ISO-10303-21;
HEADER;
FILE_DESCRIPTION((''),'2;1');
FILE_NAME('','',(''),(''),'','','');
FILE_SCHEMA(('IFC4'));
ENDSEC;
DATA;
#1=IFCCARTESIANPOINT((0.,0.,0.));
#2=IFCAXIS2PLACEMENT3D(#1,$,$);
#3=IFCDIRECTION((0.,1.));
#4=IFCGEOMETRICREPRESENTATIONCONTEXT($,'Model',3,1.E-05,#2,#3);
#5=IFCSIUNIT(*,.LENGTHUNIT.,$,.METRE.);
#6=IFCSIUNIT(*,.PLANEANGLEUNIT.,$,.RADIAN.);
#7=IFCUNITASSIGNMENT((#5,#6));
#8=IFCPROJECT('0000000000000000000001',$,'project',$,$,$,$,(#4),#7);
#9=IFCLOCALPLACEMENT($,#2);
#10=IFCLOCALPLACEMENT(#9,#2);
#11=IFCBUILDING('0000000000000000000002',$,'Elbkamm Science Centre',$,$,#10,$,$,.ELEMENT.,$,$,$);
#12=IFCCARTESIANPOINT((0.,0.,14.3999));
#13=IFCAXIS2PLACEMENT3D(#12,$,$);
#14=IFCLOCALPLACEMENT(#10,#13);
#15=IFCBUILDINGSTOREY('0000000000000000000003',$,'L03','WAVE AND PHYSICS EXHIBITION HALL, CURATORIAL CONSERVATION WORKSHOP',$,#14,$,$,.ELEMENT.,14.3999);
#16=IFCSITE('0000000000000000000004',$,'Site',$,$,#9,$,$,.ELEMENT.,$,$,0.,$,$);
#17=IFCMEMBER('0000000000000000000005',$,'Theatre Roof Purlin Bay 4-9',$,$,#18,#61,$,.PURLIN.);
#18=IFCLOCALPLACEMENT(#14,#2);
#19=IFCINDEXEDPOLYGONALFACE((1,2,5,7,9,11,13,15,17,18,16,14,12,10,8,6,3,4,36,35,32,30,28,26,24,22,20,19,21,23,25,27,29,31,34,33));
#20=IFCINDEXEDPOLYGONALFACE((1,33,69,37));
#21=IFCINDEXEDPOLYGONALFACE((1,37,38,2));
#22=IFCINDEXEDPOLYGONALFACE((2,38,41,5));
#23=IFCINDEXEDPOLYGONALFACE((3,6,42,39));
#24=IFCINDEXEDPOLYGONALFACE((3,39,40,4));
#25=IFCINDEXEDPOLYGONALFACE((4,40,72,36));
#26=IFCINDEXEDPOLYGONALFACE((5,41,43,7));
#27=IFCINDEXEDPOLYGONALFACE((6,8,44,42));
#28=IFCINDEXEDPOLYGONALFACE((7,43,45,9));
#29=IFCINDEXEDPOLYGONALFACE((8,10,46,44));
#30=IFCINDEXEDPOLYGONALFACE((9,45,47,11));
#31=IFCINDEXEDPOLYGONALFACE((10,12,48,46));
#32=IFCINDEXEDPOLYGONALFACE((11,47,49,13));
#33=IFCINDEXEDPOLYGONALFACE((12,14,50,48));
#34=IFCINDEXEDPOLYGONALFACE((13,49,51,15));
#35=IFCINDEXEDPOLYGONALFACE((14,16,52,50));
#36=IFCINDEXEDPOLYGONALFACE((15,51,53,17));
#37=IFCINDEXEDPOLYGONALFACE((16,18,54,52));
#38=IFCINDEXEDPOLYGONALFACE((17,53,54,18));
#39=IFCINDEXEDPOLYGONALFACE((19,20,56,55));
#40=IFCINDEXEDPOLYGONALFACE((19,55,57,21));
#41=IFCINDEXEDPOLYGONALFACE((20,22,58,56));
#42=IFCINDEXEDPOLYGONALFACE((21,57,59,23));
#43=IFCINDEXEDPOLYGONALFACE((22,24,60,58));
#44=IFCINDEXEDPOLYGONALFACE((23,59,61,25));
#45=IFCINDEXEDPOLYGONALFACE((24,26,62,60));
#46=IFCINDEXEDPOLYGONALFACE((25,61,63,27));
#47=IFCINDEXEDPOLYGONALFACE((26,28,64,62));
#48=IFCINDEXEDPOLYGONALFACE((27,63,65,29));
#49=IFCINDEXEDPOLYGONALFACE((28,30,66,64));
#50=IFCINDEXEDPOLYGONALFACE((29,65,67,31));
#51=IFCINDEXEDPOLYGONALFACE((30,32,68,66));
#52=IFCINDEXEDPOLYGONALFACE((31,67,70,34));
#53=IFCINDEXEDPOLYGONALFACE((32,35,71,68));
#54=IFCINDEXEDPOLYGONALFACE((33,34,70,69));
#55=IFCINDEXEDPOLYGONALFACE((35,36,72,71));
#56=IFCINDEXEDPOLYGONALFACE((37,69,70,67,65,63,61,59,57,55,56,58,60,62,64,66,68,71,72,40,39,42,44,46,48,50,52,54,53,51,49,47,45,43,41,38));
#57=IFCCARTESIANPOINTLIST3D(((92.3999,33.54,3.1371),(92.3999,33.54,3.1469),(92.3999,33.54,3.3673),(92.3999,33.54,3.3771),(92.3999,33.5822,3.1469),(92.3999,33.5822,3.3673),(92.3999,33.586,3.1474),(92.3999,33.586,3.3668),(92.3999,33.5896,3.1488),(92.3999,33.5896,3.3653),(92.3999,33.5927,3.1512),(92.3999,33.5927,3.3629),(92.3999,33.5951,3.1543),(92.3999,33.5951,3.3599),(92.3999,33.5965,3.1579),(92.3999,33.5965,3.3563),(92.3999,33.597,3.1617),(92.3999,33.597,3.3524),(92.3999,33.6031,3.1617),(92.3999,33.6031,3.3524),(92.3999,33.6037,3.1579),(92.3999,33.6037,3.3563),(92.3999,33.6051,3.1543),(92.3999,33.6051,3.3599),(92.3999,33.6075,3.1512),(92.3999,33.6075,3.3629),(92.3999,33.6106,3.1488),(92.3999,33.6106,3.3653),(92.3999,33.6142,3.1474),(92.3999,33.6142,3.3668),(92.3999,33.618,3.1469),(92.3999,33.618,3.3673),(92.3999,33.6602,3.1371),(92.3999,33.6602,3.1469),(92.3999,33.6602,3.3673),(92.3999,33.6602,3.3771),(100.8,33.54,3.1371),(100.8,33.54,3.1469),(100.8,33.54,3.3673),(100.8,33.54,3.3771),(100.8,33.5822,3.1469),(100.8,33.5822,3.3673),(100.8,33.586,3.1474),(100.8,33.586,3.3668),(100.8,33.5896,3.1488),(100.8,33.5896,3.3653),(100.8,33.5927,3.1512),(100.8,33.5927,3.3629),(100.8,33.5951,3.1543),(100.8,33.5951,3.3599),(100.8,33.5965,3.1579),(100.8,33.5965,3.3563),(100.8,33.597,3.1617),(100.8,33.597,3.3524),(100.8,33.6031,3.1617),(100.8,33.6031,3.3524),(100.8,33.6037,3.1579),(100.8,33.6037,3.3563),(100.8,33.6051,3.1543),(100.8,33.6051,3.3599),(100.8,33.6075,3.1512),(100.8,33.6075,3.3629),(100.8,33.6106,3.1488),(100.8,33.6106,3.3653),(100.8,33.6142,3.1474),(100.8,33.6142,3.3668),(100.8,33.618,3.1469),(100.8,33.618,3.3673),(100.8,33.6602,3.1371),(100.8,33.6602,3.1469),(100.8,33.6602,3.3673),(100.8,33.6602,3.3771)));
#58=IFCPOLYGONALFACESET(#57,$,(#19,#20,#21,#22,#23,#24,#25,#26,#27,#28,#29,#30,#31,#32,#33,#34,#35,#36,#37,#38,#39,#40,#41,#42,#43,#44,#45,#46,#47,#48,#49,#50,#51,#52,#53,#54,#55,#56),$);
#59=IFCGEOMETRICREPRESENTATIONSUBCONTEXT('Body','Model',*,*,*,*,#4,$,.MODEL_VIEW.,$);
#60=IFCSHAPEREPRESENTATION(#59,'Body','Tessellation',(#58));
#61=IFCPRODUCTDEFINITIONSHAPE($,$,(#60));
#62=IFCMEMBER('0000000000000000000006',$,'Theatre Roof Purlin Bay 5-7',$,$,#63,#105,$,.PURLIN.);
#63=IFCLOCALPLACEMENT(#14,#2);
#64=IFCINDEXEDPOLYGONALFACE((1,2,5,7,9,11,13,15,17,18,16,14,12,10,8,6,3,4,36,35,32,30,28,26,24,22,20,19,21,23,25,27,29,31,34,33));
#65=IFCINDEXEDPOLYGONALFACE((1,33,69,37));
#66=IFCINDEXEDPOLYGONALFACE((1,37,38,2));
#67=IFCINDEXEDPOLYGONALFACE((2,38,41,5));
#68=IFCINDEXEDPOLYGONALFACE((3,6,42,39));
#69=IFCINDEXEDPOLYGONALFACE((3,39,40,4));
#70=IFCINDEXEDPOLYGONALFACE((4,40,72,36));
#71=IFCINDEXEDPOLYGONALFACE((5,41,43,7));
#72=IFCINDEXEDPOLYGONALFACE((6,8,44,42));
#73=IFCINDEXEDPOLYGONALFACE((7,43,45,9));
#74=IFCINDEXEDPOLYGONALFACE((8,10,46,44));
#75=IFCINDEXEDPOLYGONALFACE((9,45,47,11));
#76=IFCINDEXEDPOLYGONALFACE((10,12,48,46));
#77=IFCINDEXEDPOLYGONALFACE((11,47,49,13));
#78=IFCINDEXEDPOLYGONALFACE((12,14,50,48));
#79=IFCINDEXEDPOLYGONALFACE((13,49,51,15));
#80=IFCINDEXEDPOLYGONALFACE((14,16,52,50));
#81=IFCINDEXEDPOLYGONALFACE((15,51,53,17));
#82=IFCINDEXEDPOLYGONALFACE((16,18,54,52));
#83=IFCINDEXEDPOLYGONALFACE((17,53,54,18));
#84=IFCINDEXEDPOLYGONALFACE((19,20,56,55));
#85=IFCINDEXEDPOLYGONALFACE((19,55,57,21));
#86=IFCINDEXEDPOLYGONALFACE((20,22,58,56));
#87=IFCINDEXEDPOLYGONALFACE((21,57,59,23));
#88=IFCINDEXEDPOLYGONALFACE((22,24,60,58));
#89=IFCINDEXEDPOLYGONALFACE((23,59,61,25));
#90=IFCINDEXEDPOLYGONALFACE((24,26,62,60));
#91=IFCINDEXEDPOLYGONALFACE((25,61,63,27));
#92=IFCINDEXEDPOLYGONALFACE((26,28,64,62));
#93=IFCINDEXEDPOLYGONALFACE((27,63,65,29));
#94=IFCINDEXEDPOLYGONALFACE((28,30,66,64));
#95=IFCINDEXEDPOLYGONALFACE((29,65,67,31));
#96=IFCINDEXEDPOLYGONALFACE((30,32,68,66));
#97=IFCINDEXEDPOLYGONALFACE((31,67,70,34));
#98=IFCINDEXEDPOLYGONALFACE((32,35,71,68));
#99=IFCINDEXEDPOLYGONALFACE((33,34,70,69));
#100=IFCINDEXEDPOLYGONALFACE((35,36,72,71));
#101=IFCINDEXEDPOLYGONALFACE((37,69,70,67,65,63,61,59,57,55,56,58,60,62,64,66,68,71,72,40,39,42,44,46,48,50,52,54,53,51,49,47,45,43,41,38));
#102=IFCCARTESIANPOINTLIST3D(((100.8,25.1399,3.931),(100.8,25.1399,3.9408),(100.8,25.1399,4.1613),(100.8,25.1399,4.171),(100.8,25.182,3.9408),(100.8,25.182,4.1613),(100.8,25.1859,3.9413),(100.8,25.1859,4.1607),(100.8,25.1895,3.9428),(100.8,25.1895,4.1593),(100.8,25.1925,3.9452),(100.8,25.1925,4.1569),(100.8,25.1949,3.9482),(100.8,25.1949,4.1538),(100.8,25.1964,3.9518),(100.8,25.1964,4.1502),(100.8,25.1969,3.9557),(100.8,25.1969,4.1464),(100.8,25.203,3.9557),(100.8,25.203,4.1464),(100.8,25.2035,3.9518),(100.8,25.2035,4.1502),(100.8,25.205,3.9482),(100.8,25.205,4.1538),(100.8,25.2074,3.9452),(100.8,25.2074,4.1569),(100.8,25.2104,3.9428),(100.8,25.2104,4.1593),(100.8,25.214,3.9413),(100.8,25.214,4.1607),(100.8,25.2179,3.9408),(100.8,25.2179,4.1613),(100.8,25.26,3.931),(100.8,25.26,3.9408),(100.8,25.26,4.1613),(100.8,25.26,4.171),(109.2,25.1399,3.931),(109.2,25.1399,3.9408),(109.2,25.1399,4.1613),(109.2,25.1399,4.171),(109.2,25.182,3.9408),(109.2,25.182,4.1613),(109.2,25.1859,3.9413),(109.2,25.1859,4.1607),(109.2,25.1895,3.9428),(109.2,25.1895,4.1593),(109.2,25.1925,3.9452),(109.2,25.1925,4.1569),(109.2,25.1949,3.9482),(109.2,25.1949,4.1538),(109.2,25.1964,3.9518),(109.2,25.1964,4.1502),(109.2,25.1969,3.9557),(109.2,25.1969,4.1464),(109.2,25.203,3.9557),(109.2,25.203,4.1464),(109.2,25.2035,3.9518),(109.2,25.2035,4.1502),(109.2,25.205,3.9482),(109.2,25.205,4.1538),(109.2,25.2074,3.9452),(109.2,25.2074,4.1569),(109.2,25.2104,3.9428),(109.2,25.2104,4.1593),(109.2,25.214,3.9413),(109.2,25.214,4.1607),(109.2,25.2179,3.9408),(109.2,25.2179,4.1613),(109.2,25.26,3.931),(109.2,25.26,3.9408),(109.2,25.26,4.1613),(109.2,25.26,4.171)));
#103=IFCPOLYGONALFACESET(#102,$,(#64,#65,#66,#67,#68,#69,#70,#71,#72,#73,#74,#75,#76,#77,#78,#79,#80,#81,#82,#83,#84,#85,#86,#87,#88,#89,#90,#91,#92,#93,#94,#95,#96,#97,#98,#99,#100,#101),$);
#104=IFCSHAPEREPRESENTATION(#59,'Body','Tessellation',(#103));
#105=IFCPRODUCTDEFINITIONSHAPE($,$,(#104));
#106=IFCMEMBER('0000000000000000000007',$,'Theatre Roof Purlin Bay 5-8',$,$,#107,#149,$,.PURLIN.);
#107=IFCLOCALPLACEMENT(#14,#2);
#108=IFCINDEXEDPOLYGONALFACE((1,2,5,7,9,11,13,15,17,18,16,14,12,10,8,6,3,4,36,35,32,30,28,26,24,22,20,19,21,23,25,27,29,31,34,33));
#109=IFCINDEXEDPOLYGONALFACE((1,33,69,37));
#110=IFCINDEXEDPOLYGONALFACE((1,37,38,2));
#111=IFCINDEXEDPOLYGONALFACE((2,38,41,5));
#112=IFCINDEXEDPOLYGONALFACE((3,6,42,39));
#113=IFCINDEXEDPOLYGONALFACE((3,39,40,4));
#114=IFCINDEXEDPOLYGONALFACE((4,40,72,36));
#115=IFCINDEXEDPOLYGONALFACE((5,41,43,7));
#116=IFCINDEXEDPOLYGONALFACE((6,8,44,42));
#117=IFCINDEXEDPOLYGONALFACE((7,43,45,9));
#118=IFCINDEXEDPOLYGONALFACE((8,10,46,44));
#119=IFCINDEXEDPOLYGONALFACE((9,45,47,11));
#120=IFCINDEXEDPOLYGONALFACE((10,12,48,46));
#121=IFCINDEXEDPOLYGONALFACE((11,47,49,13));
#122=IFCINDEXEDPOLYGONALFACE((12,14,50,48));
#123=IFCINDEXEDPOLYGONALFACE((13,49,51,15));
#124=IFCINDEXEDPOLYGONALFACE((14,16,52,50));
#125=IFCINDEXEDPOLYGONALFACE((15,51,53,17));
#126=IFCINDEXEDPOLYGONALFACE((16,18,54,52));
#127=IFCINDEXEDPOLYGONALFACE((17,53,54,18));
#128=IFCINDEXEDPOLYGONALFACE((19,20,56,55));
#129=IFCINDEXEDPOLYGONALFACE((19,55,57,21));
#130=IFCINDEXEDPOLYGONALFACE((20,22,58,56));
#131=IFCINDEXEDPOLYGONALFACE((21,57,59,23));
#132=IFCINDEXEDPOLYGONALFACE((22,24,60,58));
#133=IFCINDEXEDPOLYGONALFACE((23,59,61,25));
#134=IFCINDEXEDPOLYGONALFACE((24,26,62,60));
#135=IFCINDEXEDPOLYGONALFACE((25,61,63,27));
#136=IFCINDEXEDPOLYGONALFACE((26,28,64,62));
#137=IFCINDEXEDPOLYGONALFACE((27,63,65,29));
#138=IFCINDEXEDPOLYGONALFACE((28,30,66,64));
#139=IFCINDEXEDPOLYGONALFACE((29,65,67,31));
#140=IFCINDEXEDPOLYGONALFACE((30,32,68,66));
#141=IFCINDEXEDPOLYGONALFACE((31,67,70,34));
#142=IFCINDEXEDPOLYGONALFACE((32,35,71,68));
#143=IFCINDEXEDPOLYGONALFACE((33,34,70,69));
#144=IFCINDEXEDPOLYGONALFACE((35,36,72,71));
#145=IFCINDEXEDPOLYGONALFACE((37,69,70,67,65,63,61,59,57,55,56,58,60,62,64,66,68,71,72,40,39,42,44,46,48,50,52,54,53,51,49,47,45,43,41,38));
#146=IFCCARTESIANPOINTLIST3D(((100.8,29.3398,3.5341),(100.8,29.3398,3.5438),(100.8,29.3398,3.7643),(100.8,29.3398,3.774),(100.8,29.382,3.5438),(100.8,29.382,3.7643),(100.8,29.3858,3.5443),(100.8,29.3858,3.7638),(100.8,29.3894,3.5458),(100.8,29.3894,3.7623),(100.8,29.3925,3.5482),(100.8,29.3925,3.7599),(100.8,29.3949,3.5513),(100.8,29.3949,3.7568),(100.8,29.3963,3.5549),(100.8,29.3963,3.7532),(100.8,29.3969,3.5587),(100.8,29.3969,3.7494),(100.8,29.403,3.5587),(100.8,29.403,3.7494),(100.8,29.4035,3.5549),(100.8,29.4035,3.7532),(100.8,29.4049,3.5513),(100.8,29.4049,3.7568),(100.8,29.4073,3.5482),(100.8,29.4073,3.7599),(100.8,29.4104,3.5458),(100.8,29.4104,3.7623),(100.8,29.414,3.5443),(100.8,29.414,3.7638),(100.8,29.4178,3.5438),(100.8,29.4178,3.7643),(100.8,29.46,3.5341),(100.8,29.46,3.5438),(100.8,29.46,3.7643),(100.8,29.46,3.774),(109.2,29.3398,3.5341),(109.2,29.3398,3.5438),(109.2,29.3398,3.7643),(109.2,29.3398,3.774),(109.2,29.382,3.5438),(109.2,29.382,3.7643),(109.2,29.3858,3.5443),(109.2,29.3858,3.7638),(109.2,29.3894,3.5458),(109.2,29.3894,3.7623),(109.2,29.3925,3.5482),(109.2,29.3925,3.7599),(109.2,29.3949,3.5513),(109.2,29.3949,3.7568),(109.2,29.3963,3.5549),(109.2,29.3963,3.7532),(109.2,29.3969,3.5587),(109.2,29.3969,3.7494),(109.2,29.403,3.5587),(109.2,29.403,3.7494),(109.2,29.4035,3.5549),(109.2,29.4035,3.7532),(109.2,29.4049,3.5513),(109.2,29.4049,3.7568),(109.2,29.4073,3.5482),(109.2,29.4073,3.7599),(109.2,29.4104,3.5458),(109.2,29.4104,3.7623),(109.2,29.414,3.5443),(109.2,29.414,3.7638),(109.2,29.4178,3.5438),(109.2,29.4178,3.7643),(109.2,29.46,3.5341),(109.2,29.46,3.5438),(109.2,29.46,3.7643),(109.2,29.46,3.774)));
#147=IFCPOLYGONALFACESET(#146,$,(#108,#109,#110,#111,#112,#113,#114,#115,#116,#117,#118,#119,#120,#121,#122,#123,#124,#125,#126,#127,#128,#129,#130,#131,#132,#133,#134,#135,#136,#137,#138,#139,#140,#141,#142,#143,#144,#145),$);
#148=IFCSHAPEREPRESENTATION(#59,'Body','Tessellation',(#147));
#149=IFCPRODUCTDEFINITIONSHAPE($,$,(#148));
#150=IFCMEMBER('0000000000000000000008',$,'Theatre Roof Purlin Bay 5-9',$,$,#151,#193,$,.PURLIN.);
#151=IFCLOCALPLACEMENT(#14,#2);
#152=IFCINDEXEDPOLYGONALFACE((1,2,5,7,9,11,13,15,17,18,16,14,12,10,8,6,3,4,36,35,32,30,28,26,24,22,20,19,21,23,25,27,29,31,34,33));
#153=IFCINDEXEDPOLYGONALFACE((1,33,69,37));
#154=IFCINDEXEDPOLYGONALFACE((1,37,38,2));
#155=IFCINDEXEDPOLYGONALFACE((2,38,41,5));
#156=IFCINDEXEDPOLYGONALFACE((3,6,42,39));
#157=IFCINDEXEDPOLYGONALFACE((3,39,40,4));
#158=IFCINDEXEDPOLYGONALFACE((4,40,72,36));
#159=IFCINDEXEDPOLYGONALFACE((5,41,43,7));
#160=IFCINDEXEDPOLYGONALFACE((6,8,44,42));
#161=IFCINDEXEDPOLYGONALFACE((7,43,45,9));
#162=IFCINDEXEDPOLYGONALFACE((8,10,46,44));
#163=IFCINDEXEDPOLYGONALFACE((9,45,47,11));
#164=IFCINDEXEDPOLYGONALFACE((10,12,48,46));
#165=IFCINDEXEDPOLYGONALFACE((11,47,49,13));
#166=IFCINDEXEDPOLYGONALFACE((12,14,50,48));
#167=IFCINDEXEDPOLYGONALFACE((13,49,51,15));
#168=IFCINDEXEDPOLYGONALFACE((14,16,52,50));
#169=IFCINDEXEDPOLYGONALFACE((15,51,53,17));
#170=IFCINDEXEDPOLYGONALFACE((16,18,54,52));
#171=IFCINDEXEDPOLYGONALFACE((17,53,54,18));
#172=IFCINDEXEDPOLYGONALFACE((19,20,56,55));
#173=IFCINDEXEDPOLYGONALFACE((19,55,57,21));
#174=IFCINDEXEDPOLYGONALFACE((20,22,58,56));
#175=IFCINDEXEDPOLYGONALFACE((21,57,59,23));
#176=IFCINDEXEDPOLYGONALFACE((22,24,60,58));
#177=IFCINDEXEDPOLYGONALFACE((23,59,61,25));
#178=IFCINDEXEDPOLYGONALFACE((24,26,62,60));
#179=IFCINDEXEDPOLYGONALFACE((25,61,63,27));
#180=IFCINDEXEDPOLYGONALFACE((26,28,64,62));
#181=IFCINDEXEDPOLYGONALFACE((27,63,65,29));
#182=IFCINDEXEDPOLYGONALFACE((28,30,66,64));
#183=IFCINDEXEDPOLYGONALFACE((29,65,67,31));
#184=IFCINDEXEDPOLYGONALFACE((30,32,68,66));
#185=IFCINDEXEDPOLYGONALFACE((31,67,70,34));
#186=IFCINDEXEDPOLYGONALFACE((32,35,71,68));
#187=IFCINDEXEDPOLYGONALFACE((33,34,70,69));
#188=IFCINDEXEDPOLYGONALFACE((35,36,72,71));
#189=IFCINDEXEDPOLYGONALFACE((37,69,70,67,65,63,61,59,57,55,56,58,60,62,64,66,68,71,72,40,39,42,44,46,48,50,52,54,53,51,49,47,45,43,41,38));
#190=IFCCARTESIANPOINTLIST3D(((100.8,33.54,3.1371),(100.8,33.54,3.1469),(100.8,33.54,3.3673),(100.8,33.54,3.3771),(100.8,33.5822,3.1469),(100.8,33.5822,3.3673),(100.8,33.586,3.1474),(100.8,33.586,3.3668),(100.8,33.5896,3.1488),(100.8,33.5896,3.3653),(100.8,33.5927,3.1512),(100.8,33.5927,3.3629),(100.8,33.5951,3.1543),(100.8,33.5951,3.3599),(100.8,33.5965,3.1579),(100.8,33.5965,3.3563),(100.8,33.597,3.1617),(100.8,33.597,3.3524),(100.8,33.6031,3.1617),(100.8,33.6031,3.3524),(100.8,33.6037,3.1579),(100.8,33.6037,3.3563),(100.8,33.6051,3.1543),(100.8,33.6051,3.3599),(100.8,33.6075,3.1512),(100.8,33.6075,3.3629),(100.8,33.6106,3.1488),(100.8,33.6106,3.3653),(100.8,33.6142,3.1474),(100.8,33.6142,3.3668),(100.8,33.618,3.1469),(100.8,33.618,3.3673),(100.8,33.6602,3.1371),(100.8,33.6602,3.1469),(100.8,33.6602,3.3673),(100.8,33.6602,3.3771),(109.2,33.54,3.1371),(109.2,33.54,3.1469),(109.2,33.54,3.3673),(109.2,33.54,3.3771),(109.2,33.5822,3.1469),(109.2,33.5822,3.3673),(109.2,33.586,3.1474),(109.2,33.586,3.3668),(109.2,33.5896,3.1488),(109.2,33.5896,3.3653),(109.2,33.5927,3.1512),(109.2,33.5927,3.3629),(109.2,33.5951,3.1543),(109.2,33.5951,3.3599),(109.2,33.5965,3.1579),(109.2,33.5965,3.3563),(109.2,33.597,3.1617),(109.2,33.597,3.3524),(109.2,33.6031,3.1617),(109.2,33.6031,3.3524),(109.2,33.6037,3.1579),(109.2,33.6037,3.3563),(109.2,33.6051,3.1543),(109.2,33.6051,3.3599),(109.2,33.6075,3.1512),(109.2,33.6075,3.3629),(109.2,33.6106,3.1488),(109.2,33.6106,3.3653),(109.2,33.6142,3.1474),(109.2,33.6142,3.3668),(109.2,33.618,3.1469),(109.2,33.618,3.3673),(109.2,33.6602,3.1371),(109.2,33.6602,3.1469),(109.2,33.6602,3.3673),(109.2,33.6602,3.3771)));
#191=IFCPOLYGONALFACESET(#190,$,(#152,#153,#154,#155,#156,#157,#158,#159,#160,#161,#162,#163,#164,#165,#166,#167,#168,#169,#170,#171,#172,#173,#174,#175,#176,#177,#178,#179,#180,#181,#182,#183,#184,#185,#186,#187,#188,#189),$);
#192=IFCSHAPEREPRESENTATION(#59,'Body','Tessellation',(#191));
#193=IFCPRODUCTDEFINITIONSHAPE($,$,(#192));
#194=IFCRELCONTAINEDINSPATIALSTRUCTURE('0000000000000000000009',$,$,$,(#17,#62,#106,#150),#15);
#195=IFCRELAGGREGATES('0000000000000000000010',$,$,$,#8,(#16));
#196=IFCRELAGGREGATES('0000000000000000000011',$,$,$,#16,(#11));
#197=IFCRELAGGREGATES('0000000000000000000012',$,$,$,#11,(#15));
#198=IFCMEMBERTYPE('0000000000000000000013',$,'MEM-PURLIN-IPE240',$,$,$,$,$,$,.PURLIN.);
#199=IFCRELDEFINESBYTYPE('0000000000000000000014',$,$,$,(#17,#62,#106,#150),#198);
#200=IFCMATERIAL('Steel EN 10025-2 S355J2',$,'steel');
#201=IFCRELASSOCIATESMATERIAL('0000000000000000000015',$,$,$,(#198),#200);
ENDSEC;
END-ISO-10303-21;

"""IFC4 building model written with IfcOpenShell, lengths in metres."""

from ifc_helpers import new_model, si_unit, direction, frame, origin, origin_2d, place, context, subcontext, project, spatial, i_section, extrude, material, material_profile, profile_set, type_object, element, save


model = new_model("IFC4")

# Units and contexts
model_context = context("Model", 3, precision=1e-05, world=origin(), true_north=direction((0.0, 1.0)))
body_context = subcontext(model_context, "Body", "Model", "MODEL_VIEW")
ifc_project = project(units=[si_unit("LENGTHUNIT", "METRE"), si_unit("PLANEANGLEUNIT", "RADIAN")], contexts=[model_context])

# Site, building, storey
site_placement = place(None, origin())
site = spatial("IfcSite", under=ifc_project, at=site_placement, Name="Site", CompositionType="ELEMENT", RefElevation=0.0)
building_placement = place(site_placement, origin())
building = spatial("IfcBuilding", under=site, at=building_placement, Name="Elbkamm Science Centre", CompositionType="ELEMENT")
storey_placement = place(building_placement, frame((0.0, 0.0, 14.3999)))
storey = spatial("IfcBuildingStorey", under=building, at=storey_placement, Name="L03", Description="WAVE AND PHYSICS EXHIBITION HALL, CURATORIAL CONSERVATION WORKSHOP", CompositionType="ELEMENT", Elevation=14.3999)

# Shared definitions
ifc_material_1 = material(Name="Steel EN 10025-2 S355J2", Category="steel")

# Members
ifc_material_profile_1 = material_profile(ifc_material_1, i_section(OverallWidth=0.1201, OverallDepth=0.24, WebThickness=0.0061, FlangeThickness=0.0098, FilletRadius=0.0149, at=origin_2d()), Name="IPE 240")
ifc_profile_set_1 = profile_set([ifc_material_profile_1], Name="Steel EN 10025-2 S355J2")
member_type_1 = type_object("IfcMemberType", Name="MEM-PURLIN-IPE240", PredefinedType="PURLIN", material=ifc_profile_set_1)
member_1_placement = place(storey_placement, frame((92.3999, 33.6001, 3.2571), z_axis=(1.0, 0.0, 0.0), x_axis=(0.0, 1.0, 0.0)))
element("IfcMember", 1, at=member_1_placement, inside=storey, type_object=member_type_1, Name="Theatre Roof Purlin Bay 4-9", PredefinedType="PURLIN", context=body_context, shape_type="SweptSolid", body=[
    extrude(i_section(OverallWidth=0.1201, OverallDepth=0.24, WebThickness=0.0061, FlangeThickness=0.0098, FilletRadius=0.0149, at=origin_2d()), origin(), (0.0, 0.0, 1.0), 8.4001),
])
for number, where, z_axis, x_axis, name in (
    (2, (100.8, 25.2, 4.051), (1.0, 0.0, 0.0), (0.0, 1.0, 0.0), "Theatre Roof Purlin Bay 5-7"),
    (3, (100.8, 29.3999, 3.6541), (1.0, 0.0, 0.0), (0.0, 1.0, 0.0), "Theatre Roof Purlin Bay 5-8"),
    (4, (100.8, 33.6001, 3.2571), (1.0, 0.0, 0.0), (0.0, 1.0, 0.0), "Theatre Roof Purlin Bay 5-9"),
):
    element("IfcMember", number, at=place(storey_placement, frame(where, z_axis=z_axis, x_axis=x_axis)), inside=storey, type_object=member_type_1, Name=name, PredefinedType="PURLIN", context=body_context, shape_type="SweptSolid", body=[
        extrude(i_section(OverallWidth=0.1201, OverallDepth=0.24, WebThickness=0.0061, FlangeThickness=0.0098, FilletRadius=0.0149, at=origin_2d()), origin(), (0.0, 0.0, 1.0), 8.3999),
    ])

save(model, "model.ifc")
